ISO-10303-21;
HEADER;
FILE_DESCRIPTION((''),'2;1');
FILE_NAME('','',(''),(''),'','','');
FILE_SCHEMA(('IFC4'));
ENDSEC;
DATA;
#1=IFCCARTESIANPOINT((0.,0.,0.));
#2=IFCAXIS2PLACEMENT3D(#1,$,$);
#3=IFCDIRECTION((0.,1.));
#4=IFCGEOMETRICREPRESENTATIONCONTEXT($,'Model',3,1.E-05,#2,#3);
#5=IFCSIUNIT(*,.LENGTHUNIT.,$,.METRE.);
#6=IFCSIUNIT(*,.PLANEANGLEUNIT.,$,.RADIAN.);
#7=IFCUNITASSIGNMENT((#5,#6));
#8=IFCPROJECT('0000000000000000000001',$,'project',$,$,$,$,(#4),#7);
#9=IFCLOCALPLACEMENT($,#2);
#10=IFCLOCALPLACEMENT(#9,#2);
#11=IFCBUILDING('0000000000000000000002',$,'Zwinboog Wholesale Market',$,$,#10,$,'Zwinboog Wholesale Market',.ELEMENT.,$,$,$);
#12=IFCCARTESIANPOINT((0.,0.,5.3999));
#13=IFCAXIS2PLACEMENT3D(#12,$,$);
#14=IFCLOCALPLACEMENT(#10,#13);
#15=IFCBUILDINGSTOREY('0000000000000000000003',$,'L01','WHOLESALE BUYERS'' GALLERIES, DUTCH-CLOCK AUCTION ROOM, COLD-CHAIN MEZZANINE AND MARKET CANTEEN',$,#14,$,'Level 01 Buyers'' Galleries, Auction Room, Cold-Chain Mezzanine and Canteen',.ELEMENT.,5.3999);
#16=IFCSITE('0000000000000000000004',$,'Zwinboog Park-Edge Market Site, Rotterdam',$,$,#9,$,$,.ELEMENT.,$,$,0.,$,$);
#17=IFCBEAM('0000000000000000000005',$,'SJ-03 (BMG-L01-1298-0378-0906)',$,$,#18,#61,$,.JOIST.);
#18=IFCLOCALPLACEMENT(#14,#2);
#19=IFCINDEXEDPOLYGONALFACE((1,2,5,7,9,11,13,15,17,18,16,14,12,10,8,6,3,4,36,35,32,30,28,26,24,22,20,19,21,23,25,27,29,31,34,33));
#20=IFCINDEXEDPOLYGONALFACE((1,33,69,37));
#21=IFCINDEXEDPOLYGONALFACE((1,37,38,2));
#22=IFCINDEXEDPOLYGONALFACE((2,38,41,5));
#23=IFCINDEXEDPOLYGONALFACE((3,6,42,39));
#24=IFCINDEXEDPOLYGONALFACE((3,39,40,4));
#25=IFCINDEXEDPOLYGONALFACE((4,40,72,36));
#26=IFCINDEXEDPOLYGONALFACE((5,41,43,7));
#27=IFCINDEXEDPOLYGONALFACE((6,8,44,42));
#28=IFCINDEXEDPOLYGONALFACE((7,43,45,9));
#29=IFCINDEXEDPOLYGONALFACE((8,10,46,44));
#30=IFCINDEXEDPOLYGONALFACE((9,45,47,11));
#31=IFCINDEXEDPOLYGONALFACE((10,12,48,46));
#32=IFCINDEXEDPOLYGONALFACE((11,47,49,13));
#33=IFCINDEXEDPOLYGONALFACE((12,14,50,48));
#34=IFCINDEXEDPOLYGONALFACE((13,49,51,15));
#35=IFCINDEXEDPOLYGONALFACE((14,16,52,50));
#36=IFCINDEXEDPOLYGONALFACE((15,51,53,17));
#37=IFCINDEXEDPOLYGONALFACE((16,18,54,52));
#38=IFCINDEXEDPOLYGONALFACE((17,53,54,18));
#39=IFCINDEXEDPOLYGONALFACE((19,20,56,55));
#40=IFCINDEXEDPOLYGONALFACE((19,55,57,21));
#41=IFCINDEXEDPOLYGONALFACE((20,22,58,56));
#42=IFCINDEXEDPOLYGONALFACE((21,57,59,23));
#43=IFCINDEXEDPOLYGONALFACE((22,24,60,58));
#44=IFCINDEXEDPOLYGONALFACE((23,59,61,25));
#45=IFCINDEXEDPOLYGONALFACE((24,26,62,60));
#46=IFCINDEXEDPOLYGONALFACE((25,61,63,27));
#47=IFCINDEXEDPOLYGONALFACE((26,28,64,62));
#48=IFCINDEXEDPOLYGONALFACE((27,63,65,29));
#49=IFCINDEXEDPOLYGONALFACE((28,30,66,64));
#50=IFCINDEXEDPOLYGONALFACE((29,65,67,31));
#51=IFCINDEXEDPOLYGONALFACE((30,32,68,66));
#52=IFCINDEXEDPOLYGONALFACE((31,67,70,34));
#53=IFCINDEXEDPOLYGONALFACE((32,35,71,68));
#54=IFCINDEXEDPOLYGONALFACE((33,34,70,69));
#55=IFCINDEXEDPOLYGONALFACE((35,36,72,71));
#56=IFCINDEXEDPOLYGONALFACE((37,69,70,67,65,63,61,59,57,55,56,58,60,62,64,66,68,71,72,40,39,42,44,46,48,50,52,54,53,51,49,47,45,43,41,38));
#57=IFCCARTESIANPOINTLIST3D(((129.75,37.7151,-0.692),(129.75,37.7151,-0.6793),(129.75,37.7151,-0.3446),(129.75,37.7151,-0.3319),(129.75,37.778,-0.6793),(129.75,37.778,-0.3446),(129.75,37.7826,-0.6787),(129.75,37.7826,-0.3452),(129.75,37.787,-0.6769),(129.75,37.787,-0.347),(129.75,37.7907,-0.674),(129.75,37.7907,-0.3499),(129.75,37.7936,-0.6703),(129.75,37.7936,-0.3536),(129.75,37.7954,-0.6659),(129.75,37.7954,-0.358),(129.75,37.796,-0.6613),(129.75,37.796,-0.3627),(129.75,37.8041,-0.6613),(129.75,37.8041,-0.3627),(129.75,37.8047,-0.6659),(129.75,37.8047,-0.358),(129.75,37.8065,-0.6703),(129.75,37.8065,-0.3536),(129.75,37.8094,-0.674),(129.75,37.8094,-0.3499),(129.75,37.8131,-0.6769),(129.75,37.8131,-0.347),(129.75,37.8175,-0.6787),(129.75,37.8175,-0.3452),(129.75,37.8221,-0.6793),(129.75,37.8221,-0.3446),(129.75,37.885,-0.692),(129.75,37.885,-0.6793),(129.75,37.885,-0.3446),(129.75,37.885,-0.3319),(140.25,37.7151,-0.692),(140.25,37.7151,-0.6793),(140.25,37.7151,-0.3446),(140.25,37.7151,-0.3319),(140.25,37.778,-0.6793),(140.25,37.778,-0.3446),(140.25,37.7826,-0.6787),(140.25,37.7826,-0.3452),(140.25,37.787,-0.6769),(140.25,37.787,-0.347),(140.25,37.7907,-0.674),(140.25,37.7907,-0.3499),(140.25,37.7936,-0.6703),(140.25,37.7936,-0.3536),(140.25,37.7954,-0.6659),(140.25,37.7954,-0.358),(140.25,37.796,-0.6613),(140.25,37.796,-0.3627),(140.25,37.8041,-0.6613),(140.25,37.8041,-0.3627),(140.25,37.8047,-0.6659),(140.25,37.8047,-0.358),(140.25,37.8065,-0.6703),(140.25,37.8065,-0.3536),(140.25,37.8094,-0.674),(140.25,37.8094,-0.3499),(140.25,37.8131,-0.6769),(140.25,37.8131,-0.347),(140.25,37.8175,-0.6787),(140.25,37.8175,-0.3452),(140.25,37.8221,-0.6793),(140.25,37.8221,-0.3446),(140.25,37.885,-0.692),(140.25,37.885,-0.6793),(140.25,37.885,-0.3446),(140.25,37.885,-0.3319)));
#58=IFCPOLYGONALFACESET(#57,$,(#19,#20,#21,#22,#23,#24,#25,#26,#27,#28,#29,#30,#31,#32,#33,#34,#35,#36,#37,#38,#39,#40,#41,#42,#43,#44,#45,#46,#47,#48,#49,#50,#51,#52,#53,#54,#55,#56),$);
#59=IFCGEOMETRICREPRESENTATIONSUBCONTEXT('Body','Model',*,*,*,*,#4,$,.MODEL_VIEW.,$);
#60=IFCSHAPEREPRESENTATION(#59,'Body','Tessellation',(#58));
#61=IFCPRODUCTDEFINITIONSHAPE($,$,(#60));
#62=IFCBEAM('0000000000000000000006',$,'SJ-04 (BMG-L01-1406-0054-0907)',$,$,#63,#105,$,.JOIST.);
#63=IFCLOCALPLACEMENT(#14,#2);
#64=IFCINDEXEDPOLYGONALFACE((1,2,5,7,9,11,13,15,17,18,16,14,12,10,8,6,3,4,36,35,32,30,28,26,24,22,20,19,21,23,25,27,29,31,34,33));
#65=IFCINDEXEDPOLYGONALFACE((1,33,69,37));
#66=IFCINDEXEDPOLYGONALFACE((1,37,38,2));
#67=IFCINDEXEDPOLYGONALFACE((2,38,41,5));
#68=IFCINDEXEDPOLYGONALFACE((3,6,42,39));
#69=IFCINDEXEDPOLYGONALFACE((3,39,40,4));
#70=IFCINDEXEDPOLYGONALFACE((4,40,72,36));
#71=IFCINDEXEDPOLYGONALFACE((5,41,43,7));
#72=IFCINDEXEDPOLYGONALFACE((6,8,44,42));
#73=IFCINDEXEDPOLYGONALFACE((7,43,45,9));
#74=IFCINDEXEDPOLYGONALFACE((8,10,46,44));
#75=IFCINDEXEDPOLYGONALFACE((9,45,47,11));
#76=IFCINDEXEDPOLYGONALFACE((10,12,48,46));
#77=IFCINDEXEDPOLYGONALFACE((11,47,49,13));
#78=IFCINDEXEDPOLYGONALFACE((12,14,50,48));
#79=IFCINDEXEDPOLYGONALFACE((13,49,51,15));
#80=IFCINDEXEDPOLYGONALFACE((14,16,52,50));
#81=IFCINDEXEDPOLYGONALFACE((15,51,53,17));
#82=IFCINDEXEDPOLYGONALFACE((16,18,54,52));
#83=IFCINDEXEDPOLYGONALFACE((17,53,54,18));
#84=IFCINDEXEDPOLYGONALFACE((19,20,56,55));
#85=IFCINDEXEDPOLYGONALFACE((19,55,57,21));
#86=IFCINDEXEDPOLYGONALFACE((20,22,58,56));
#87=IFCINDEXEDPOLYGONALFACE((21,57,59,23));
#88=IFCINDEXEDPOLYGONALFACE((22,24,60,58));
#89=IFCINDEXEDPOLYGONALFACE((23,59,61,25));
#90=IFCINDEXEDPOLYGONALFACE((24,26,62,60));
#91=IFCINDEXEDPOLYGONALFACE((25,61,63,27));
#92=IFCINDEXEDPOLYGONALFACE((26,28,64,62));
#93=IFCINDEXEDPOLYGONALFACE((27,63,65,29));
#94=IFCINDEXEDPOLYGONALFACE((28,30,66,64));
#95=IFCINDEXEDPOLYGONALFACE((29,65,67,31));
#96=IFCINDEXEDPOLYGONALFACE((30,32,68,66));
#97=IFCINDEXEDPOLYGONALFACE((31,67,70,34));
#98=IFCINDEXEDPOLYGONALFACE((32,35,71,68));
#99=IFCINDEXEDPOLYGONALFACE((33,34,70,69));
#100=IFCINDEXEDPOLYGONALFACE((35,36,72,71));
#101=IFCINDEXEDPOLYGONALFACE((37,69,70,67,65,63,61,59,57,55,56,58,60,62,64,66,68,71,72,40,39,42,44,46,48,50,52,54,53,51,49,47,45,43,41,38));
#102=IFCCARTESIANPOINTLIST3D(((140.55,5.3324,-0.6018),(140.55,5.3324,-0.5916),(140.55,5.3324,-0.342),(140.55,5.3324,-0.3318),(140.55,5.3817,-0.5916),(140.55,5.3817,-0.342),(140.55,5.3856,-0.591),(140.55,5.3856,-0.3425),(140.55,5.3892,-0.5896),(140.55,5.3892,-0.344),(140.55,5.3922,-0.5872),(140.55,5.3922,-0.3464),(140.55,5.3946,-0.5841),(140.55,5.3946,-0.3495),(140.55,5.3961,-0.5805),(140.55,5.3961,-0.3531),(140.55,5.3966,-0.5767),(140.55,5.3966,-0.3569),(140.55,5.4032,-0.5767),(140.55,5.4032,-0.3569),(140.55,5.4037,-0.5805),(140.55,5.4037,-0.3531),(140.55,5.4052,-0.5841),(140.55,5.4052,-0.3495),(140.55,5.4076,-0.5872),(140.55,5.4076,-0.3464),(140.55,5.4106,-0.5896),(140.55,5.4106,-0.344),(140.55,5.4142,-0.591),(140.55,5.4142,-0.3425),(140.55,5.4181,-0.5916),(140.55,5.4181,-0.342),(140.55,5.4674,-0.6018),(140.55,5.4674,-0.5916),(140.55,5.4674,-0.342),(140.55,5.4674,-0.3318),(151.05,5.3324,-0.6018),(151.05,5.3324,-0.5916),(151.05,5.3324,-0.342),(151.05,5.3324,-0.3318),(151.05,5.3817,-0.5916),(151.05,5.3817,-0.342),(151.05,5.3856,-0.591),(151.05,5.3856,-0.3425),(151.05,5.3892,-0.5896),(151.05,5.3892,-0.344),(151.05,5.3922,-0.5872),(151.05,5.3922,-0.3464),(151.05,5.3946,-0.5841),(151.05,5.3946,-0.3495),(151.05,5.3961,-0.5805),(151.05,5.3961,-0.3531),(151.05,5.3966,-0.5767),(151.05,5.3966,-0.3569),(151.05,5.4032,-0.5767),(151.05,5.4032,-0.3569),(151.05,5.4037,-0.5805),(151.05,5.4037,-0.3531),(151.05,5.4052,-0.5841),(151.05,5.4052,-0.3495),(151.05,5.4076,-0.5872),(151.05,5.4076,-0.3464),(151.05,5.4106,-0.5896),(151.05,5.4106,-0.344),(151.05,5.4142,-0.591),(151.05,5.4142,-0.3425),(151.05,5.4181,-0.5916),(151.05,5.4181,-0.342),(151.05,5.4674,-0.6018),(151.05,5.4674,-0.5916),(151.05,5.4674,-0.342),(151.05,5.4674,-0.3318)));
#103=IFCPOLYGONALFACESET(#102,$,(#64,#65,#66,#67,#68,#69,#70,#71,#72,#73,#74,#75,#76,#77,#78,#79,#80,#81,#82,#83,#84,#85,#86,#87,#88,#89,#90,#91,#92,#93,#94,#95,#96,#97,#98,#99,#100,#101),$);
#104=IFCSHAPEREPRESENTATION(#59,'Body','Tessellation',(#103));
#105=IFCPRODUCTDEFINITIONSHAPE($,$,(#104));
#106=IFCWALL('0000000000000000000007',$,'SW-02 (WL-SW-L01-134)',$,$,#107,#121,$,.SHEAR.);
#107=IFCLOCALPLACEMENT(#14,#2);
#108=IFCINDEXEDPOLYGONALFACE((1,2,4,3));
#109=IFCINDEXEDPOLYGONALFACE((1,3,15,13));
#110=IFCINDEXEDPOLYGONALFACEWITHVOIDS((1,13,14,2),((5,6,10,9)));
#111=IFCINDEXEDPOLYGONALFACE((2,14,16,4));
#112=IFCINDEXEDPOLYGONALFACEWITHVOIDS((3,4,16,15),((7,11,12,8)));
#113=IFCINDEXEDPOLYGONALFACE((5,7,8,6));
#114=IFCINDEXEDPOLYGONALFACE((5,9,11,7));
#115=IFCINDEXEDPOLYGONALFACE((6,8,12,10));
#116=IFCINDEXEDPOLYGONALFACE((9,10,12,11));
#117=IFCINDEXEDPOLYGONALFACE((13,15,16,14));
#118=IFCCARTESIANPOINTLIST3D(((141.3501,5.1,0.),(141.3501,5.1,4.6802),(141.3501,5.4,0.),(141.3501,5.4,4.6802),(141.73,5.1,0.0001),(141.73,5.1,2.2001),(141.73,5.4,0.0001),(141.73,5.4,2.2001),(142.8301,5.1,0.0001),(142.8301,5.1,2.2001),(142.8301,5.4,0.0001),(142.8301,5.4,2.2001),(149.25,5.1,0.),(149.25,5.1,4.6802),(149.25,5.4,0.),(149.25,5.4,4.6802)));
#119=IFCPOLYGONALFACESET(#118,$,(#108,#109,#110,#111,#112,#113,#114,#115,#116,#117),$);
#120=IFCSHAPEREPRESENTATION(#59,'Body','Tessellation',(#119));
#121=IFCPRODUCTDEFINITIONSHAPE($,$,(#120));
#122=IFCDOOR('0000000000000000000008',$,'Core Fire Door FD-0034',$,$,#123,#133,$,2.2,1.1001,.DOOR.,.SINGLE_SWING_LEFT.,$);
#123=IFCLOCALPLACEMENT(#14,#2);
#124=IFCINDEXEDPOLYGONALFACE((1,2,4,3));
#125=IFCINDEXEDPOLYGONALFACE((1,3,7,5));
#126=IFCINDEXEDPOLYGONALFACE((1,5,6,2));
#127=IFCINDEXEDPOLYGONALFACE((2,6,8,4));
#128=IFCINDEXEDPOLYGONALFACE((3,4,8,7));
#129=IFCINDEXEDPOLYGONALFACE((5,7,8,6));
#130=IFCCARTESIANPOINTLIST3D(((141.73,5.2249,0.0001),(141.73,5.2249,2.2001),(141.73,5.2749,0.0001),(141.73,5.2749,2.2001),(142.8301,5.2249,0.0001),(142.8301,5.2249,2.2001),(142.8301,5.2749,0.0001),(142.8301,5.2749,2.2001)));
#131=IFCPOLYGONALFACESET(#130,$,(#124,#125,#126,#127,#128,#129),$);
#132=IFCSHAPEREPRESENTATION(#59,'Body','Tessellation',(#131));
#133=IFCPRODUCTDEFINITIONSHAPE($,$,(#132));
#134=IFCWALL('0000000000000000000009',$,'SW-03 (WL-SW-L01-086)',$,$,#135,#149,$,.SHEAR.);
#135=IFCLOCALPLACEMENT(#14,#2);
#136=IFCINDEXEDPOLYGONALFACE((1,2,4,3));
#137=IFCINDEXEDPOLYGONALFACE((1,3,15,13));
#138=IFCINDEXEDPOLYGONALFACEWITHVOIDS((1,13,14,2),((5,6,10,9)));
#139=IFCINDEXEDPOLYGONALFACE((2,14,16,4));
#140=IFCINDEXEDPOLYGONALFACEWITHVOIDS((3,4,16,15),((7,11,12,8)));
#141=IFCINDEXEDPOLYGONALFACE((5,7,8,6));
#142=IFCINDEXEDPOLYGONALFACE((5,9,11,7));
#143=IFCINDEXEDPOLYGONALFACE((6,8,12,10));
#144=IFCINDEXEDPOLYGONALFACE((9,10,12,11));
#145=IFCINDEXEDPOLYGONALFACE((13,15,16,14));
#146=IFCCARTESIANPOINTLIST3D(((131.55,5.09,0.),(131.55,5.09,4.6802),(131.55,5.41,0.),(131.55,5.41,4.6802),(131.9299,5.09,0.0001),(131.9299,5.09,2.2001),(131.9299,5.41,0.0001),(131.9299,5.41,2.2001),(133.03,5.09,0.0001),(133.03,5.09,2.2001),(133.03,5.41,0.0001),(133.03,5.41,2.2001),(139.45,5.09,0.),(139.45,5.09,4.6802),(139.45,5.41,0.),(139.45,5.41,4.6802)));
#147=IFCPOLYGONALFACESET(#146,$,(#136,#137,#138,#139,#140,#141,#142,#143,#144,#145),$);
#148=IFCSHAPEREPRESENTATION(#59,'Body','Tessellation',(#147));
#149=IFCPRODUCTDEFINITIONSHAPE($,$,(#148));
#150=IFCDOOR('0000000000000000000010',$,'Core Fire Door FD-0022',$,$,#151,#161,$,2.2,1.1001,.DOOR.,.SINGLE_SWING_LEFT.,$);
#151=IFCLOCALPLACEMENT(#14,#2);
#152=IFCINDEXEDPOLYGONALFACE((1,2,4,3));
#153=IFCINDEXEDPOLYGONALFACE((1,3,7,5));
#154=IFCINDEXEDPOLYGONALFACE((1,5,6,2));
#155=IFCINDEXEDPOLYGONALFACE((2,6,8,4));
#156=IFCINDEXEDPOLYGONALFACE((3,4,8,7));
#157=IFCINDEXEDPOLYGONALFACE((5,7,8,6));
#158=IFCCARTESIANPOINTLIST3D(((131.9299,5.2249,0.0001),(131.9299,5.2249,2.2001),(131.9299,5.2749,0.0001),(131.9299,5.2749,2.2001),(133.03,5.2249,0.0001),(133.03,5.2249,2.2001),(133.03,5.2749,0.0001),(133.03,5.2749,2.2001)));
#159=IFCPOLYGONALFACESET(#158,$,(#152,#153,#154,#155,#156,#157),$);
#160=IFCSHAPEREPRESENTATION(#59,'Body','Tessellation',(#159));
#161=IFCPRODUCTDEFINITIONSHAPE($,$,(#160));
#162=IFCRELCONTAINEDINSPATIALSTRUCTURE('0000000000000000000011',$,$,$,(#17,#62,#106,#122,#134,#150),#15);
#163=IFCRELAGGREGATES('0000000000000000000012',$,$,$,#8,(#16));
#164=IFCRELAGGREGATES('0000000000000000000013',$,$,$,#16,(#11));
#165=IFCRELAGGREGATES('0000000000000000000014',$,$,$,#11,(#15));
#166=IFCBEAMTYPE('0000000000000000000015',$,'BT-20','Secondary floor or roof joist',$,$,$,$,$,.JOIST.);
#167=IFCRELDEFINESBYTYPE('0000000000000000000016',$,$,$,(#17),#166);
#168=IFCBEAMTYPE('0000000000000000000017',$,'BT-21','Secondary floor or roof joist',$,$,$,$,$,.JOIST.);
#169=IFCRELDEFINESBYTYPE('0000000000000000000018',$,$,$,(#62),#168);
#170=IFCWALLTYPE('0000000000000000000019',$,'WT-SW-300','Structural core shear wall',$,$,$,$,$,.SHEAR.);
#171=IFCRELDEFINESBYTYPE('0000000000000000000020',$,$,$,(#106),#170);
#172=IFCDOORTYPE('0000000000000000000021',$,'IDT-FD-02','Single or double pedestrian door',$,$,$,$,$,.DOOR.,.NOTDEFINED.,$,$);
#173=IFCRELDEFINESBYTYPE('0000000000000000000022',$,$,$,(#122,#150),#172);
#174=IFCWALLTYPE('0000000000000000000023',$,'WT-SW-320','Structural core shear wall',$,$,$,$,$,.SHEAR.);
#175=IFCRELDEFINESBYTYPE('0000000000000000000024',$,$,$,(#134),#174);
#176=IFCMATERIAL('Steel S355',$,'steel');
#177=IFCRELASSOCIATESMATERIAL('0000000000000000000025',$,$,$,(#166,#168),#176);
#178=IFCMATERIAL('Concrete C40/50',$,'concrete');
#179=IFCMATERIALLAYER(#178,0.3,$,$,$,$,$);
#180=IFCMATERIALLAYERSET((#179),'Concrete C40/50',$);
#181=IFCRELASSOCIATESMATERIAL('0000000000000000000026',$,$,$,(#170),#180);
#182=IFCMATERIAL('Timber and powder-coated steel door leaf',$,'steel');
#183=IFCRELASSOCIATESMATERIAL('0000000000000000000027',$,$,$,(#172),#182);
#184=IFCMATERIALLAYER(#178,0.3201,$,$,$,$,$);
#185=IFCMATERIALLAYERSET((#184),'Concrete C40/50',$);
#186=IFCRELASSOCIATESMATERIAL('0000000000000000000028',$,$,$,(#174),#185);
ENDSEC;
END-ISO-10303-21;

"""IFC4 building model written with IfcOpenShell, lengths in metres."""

from ifc_helpers import new_model, si_unit, direction, frame, frame_2d, origin, origin_2d, place, context, subcontext, project, spatial, rectangle, i_section, extrude, material, layer, layer_set, material_profile, profile_set, type_object, element, fill, save


model = new_model("IFC4")

# Units and contexts
model_context = context("Model", 3, precision=1e-05, world=origin(), true_north=direction((0.0, 1.0)))
body_context = subcontext(model_context, "Body", "Model", "MODEL_VIEW")
ifc_project = project(units=[si_unit("LENGTHUNIT", "METRE"), si_unit("PLANEANGLEUNIT", "RADIAN")], contexts=[model_context])

# Site, building, storey
site_placement = place(None, origin())
site = spatial("IfcSite", under=ifc_project, at=site_placement, Name="Zwinboog Park-Edge Market Site, Rotterdam", CompositionType="ELEMENT", RefElevation=0.0)
building_placement = place(site_placement, origin())
building = spatial("IfcBuilding", under=site, at=building_placement, Name="Zwinboog Wholesale Market", LongName="Zwinboog Wholesale Market", CompositionType="ELEMENT")
storey_placement = place(building_placement, frame((0.0, 0.0, 5.3999)))
storey = spatial("IfcBuildingStorey", under=building, at=storey_placement, Name="L01", Description="WHOLESALE BUYERS' GALLERIES, DUTCH-CLOCK AUCTION ROOM, COLD-CHAIN MEZZANINE AND MARKET CANTEEN", LongName="Level 01 Buyers' Galleries, Auction Room, Cold-Chain Mezzanine and Canteen", CompositionType="ELEMENT", Elevation=5.3999)

# Beams
ifc_material_1 = material(Name="Steel S355", Category="steel")
ifc_material_profile_1 = material_profile(ifc_material_1, i_section(OverallWidth=0.1699, OverallDepth=0.3601, WebThickness=0.0081, FlangeThickness=0.0127, FilletRadius=0.0181, at=origin_2d()), Name="IPE 360")
ifc_profile_set_1 = profile_set([ifc_material_profile_1], Name="Steel S355")
beam_type_1 = type_object("IfcBeamType", Name="BT-20", Description="Secondary floor or roof joist", PredefinedType="JOIST", material=ifc_profile_set_1)
beam_1_placement = place(storey_placement, frame((129.75, 37.8, -0.512), z_axis=(1.0, 0.0, 0.0), x_axis=(0.0, 1.0, 0.0)))
element("IfcBeam", 1, at=beam_1_placement, inside=storey, type_object=beam_type_1, Name="SJ-03 (BMG-L01-1298-0378-0906)", PredefinedType="JOIST", context=body_context, shape_type="SweptSolid", body=[
    extrude(i_section(OverallWidth=0.1699, OverallDepth=0.3601, WebThickness=0.0081, FlangeThickness=0.0127, FilletRadius=0.0181, at=origin_2d()), origin(), (0.0, 0.0, 1.0), 10.5),
])
ifc_material_profile_2 = material_profile(ifc_material_1, i_section(OverallWidth=0.135, OverallDepth=0.27, WebThickness=0.0066, FlangeThickness=0.0103, FilletRadius=0.0149, at=origin_2d()), Name="IPE 270")
ifc_profile_set_2 = profile_set([ifc_material_profile_2], Name="Steel S355")
beam_type_2 = type_object("IfcBeamType", Name="BT-21", Description="Secondary floor or roof joist", PredefinedType="JOIST", material=ifc_profile_set_2)
beam_2_placement = place(storey_placement, frame((140.55, 5.3999, -0.4668), z_axis=(1.0, 0.0, 0.0), x_axis=(0.0, 1.0, 0.0)))
element("IfcBeam", 2, at=beam_2_placement, inside=storey, type_object=beam_type_2, Name="SJ-04 (BMG-L01-1406-0054-0907)", PredefinedType="JOIST", context=body_context, shape_type="SweptSolid", body=[
    extrude(i_section(OverallWidth=0.135, OverallDepth=0.27, WebThickness=0.0066, FlangeThickness=0.0103, FilletRadius=0.0149, at=origin_2d()), origin(), (0.0, 0.0, 1.0), 10.5),
])

# Walls, openings, doors
ifc_material_2 = material(Name="Concrete C40/50", Category="concrete")
ifc_layer_1 = layer(ifc_material_2, 0.3)
ifc_layer_set_1 = layer_set([ifc_layer_1], Name="Concrete C40/50")
wall_type_1 = type_object("IfcWallType", Name="WT-SW-300", Description="Structural core shear wall", PredefinedType="SHEAR", material=ifc_layer_set_1)
wall_1_placement = place(storey_placement, frame((141.3501, 5.25, 0.0), z_axis=(0.0, 0.0, 1.0), x_axis=(1.0, 0.0, 0.0)))
wall_1 = element("IfcWall", 3, at=wall_1_placement, inside=storey, type_object=wall_type_1, Name="SW-02 (WL-SW-L01-134)", PredefinedType="SHEAR", context=body_context, shape_type="SweptSolid", body=[
    extrude(rectangle(XDim=7.8999, YDim=0.3, at=frame_2d((3.95, 0.0))), origin(), (0.0, 0.0, 1.0), 4.6802),
])
opening_1_placement = place(wall_1_placement, frame((0.3799, 0.0, 0.0)))
opening_1 = element("IfcOpeningElement", 4, at=opening_1_placement, cuts=wall_1, PredefinedType="OPENING", context=body_context, shape_type="SweptSolid", body=[
    extrude(rectangle(XDim=1.1001, YDim=2.2, at=frame_2d((0.55, 1.1001))), frame((0.0, 0.1599, 0.0), z_axis=(0.0, -1.0, 0.0), x_axis=(1.0, 0.0, 0.0)), (0.0, 0.0, 1.0), 0.3201),
])
ifc_material_3 = material(Name="Timber and powder-coated steel door leaf", Category="steel")
door_type = type_object("IfcDoorType", Name="IDT-FD-02", Description="Single or double pedestrian door", OperationType="NOTDEFINED", PredefinedType="DOOR", material=ifc_material_3)
door_1_placement = place(opening_1_placement, origin())
door_1 = element("IfcDoor", 5, at=door_1_placement, inside=storey, type_object=door_type, Name="Core Fire Door FD-0034", OperationType="SINGLE_SWING_LEFT", OverallHeight=2.2, OverallWidth=1.1001, PredefinedType="DOOR", context=body_context, shape_type="SweptSolid", body=[
    extrude(rectangle(XDim=1.1001, YDim=2.2, at=frame_2d((0.55, 1.1001))), frame((0.0, 0.0249, 0.0), z_axis=(0.0, -1.0, 0.0), x_axis=(1.0, 0.0, 0.0)), (0.0, 0.0, 1.0), 0.05),
])
fill(opening_1, door_1)
ifc_layer_2 = layer(ifc_material_2, 0.3201)
ifc_layer_set_2 = layer_set([ifc_layer_2], Name="Concrete C40/50")
wall_type_2 = type_object("IfcWallType", Name="WT-SW-320", Description="Structural core shear wall", PredefinedType="SHEAR", material=ifc_layer_set_2)
wall_2_placement = place(storey_placement, frame((131.55, 5.25, 0.0), z_axis=(0.0, 0.0, 1.0), x_axis=(1.0, 0.0, 0.0)))
wall_2 = element("IfcWall", 6, at=wall_2_placement, inside=storey, type_object=wall_type_2, Name="SW-03 (WL-SW-L01-086)", PredefinedType="SHEAR", context=body_context, shape_type="SweptSolid", body=[
    extrude(rectangle(XDim=7.8999, YDim=0.3201, at=frame_2d((3.95, 0.0))), origin(), (0.0, 0.0, 1.0), 4.6802),
])
opening_2_placement = place(wall_2_placement, frame((0.3799, 0.0, 0.0)))
opening_2 = element("IfcOpeningElement", 7, at=opening_2_placement, cuts=wall_2, PredefinedType="OPENING", context=body_context, shape_type="SweptSolid", body=[
    extrude(rectangle(XDim=1.1001, YDim=2.2, at=frame_2d((0.55, 1.1001))), frame((0.0, 0.1699, 0.0), z_axis=(0.0, -1.0, 0.0), x_axis=(1.0, 0.0, 0.0)), (0.0, 0.0, 1.0), 0.3401),
])
door_2_placement = place(opening_2_placement, origin())
door_2 = element("IfcDoor", 8, at=door_2_placement, inside=storey, type_object=door_type, Name="Core Fire Door FD-0022", OperationType="SINGLE_SWING_LEFT", OverallHeight=2.2, OverallWidth=1.1001, PredefinedType="DOOR", context=body_context, shape_type="SweptSolid", body=[
    extrude(rectangle(XDim=1.1001, YDim=2.2, at=frame_2d((0.55, 1.1001))), frame((0.0, 0.0249, 0.0), z_axis=(0.0, -1.0, 0.0), x_axis=(1.0, 0.0, 0.0)), (0.0, 0.0, 1.0), 0.05),
])
fill(opening_2, door_2)

save(model, "model.ifc")
